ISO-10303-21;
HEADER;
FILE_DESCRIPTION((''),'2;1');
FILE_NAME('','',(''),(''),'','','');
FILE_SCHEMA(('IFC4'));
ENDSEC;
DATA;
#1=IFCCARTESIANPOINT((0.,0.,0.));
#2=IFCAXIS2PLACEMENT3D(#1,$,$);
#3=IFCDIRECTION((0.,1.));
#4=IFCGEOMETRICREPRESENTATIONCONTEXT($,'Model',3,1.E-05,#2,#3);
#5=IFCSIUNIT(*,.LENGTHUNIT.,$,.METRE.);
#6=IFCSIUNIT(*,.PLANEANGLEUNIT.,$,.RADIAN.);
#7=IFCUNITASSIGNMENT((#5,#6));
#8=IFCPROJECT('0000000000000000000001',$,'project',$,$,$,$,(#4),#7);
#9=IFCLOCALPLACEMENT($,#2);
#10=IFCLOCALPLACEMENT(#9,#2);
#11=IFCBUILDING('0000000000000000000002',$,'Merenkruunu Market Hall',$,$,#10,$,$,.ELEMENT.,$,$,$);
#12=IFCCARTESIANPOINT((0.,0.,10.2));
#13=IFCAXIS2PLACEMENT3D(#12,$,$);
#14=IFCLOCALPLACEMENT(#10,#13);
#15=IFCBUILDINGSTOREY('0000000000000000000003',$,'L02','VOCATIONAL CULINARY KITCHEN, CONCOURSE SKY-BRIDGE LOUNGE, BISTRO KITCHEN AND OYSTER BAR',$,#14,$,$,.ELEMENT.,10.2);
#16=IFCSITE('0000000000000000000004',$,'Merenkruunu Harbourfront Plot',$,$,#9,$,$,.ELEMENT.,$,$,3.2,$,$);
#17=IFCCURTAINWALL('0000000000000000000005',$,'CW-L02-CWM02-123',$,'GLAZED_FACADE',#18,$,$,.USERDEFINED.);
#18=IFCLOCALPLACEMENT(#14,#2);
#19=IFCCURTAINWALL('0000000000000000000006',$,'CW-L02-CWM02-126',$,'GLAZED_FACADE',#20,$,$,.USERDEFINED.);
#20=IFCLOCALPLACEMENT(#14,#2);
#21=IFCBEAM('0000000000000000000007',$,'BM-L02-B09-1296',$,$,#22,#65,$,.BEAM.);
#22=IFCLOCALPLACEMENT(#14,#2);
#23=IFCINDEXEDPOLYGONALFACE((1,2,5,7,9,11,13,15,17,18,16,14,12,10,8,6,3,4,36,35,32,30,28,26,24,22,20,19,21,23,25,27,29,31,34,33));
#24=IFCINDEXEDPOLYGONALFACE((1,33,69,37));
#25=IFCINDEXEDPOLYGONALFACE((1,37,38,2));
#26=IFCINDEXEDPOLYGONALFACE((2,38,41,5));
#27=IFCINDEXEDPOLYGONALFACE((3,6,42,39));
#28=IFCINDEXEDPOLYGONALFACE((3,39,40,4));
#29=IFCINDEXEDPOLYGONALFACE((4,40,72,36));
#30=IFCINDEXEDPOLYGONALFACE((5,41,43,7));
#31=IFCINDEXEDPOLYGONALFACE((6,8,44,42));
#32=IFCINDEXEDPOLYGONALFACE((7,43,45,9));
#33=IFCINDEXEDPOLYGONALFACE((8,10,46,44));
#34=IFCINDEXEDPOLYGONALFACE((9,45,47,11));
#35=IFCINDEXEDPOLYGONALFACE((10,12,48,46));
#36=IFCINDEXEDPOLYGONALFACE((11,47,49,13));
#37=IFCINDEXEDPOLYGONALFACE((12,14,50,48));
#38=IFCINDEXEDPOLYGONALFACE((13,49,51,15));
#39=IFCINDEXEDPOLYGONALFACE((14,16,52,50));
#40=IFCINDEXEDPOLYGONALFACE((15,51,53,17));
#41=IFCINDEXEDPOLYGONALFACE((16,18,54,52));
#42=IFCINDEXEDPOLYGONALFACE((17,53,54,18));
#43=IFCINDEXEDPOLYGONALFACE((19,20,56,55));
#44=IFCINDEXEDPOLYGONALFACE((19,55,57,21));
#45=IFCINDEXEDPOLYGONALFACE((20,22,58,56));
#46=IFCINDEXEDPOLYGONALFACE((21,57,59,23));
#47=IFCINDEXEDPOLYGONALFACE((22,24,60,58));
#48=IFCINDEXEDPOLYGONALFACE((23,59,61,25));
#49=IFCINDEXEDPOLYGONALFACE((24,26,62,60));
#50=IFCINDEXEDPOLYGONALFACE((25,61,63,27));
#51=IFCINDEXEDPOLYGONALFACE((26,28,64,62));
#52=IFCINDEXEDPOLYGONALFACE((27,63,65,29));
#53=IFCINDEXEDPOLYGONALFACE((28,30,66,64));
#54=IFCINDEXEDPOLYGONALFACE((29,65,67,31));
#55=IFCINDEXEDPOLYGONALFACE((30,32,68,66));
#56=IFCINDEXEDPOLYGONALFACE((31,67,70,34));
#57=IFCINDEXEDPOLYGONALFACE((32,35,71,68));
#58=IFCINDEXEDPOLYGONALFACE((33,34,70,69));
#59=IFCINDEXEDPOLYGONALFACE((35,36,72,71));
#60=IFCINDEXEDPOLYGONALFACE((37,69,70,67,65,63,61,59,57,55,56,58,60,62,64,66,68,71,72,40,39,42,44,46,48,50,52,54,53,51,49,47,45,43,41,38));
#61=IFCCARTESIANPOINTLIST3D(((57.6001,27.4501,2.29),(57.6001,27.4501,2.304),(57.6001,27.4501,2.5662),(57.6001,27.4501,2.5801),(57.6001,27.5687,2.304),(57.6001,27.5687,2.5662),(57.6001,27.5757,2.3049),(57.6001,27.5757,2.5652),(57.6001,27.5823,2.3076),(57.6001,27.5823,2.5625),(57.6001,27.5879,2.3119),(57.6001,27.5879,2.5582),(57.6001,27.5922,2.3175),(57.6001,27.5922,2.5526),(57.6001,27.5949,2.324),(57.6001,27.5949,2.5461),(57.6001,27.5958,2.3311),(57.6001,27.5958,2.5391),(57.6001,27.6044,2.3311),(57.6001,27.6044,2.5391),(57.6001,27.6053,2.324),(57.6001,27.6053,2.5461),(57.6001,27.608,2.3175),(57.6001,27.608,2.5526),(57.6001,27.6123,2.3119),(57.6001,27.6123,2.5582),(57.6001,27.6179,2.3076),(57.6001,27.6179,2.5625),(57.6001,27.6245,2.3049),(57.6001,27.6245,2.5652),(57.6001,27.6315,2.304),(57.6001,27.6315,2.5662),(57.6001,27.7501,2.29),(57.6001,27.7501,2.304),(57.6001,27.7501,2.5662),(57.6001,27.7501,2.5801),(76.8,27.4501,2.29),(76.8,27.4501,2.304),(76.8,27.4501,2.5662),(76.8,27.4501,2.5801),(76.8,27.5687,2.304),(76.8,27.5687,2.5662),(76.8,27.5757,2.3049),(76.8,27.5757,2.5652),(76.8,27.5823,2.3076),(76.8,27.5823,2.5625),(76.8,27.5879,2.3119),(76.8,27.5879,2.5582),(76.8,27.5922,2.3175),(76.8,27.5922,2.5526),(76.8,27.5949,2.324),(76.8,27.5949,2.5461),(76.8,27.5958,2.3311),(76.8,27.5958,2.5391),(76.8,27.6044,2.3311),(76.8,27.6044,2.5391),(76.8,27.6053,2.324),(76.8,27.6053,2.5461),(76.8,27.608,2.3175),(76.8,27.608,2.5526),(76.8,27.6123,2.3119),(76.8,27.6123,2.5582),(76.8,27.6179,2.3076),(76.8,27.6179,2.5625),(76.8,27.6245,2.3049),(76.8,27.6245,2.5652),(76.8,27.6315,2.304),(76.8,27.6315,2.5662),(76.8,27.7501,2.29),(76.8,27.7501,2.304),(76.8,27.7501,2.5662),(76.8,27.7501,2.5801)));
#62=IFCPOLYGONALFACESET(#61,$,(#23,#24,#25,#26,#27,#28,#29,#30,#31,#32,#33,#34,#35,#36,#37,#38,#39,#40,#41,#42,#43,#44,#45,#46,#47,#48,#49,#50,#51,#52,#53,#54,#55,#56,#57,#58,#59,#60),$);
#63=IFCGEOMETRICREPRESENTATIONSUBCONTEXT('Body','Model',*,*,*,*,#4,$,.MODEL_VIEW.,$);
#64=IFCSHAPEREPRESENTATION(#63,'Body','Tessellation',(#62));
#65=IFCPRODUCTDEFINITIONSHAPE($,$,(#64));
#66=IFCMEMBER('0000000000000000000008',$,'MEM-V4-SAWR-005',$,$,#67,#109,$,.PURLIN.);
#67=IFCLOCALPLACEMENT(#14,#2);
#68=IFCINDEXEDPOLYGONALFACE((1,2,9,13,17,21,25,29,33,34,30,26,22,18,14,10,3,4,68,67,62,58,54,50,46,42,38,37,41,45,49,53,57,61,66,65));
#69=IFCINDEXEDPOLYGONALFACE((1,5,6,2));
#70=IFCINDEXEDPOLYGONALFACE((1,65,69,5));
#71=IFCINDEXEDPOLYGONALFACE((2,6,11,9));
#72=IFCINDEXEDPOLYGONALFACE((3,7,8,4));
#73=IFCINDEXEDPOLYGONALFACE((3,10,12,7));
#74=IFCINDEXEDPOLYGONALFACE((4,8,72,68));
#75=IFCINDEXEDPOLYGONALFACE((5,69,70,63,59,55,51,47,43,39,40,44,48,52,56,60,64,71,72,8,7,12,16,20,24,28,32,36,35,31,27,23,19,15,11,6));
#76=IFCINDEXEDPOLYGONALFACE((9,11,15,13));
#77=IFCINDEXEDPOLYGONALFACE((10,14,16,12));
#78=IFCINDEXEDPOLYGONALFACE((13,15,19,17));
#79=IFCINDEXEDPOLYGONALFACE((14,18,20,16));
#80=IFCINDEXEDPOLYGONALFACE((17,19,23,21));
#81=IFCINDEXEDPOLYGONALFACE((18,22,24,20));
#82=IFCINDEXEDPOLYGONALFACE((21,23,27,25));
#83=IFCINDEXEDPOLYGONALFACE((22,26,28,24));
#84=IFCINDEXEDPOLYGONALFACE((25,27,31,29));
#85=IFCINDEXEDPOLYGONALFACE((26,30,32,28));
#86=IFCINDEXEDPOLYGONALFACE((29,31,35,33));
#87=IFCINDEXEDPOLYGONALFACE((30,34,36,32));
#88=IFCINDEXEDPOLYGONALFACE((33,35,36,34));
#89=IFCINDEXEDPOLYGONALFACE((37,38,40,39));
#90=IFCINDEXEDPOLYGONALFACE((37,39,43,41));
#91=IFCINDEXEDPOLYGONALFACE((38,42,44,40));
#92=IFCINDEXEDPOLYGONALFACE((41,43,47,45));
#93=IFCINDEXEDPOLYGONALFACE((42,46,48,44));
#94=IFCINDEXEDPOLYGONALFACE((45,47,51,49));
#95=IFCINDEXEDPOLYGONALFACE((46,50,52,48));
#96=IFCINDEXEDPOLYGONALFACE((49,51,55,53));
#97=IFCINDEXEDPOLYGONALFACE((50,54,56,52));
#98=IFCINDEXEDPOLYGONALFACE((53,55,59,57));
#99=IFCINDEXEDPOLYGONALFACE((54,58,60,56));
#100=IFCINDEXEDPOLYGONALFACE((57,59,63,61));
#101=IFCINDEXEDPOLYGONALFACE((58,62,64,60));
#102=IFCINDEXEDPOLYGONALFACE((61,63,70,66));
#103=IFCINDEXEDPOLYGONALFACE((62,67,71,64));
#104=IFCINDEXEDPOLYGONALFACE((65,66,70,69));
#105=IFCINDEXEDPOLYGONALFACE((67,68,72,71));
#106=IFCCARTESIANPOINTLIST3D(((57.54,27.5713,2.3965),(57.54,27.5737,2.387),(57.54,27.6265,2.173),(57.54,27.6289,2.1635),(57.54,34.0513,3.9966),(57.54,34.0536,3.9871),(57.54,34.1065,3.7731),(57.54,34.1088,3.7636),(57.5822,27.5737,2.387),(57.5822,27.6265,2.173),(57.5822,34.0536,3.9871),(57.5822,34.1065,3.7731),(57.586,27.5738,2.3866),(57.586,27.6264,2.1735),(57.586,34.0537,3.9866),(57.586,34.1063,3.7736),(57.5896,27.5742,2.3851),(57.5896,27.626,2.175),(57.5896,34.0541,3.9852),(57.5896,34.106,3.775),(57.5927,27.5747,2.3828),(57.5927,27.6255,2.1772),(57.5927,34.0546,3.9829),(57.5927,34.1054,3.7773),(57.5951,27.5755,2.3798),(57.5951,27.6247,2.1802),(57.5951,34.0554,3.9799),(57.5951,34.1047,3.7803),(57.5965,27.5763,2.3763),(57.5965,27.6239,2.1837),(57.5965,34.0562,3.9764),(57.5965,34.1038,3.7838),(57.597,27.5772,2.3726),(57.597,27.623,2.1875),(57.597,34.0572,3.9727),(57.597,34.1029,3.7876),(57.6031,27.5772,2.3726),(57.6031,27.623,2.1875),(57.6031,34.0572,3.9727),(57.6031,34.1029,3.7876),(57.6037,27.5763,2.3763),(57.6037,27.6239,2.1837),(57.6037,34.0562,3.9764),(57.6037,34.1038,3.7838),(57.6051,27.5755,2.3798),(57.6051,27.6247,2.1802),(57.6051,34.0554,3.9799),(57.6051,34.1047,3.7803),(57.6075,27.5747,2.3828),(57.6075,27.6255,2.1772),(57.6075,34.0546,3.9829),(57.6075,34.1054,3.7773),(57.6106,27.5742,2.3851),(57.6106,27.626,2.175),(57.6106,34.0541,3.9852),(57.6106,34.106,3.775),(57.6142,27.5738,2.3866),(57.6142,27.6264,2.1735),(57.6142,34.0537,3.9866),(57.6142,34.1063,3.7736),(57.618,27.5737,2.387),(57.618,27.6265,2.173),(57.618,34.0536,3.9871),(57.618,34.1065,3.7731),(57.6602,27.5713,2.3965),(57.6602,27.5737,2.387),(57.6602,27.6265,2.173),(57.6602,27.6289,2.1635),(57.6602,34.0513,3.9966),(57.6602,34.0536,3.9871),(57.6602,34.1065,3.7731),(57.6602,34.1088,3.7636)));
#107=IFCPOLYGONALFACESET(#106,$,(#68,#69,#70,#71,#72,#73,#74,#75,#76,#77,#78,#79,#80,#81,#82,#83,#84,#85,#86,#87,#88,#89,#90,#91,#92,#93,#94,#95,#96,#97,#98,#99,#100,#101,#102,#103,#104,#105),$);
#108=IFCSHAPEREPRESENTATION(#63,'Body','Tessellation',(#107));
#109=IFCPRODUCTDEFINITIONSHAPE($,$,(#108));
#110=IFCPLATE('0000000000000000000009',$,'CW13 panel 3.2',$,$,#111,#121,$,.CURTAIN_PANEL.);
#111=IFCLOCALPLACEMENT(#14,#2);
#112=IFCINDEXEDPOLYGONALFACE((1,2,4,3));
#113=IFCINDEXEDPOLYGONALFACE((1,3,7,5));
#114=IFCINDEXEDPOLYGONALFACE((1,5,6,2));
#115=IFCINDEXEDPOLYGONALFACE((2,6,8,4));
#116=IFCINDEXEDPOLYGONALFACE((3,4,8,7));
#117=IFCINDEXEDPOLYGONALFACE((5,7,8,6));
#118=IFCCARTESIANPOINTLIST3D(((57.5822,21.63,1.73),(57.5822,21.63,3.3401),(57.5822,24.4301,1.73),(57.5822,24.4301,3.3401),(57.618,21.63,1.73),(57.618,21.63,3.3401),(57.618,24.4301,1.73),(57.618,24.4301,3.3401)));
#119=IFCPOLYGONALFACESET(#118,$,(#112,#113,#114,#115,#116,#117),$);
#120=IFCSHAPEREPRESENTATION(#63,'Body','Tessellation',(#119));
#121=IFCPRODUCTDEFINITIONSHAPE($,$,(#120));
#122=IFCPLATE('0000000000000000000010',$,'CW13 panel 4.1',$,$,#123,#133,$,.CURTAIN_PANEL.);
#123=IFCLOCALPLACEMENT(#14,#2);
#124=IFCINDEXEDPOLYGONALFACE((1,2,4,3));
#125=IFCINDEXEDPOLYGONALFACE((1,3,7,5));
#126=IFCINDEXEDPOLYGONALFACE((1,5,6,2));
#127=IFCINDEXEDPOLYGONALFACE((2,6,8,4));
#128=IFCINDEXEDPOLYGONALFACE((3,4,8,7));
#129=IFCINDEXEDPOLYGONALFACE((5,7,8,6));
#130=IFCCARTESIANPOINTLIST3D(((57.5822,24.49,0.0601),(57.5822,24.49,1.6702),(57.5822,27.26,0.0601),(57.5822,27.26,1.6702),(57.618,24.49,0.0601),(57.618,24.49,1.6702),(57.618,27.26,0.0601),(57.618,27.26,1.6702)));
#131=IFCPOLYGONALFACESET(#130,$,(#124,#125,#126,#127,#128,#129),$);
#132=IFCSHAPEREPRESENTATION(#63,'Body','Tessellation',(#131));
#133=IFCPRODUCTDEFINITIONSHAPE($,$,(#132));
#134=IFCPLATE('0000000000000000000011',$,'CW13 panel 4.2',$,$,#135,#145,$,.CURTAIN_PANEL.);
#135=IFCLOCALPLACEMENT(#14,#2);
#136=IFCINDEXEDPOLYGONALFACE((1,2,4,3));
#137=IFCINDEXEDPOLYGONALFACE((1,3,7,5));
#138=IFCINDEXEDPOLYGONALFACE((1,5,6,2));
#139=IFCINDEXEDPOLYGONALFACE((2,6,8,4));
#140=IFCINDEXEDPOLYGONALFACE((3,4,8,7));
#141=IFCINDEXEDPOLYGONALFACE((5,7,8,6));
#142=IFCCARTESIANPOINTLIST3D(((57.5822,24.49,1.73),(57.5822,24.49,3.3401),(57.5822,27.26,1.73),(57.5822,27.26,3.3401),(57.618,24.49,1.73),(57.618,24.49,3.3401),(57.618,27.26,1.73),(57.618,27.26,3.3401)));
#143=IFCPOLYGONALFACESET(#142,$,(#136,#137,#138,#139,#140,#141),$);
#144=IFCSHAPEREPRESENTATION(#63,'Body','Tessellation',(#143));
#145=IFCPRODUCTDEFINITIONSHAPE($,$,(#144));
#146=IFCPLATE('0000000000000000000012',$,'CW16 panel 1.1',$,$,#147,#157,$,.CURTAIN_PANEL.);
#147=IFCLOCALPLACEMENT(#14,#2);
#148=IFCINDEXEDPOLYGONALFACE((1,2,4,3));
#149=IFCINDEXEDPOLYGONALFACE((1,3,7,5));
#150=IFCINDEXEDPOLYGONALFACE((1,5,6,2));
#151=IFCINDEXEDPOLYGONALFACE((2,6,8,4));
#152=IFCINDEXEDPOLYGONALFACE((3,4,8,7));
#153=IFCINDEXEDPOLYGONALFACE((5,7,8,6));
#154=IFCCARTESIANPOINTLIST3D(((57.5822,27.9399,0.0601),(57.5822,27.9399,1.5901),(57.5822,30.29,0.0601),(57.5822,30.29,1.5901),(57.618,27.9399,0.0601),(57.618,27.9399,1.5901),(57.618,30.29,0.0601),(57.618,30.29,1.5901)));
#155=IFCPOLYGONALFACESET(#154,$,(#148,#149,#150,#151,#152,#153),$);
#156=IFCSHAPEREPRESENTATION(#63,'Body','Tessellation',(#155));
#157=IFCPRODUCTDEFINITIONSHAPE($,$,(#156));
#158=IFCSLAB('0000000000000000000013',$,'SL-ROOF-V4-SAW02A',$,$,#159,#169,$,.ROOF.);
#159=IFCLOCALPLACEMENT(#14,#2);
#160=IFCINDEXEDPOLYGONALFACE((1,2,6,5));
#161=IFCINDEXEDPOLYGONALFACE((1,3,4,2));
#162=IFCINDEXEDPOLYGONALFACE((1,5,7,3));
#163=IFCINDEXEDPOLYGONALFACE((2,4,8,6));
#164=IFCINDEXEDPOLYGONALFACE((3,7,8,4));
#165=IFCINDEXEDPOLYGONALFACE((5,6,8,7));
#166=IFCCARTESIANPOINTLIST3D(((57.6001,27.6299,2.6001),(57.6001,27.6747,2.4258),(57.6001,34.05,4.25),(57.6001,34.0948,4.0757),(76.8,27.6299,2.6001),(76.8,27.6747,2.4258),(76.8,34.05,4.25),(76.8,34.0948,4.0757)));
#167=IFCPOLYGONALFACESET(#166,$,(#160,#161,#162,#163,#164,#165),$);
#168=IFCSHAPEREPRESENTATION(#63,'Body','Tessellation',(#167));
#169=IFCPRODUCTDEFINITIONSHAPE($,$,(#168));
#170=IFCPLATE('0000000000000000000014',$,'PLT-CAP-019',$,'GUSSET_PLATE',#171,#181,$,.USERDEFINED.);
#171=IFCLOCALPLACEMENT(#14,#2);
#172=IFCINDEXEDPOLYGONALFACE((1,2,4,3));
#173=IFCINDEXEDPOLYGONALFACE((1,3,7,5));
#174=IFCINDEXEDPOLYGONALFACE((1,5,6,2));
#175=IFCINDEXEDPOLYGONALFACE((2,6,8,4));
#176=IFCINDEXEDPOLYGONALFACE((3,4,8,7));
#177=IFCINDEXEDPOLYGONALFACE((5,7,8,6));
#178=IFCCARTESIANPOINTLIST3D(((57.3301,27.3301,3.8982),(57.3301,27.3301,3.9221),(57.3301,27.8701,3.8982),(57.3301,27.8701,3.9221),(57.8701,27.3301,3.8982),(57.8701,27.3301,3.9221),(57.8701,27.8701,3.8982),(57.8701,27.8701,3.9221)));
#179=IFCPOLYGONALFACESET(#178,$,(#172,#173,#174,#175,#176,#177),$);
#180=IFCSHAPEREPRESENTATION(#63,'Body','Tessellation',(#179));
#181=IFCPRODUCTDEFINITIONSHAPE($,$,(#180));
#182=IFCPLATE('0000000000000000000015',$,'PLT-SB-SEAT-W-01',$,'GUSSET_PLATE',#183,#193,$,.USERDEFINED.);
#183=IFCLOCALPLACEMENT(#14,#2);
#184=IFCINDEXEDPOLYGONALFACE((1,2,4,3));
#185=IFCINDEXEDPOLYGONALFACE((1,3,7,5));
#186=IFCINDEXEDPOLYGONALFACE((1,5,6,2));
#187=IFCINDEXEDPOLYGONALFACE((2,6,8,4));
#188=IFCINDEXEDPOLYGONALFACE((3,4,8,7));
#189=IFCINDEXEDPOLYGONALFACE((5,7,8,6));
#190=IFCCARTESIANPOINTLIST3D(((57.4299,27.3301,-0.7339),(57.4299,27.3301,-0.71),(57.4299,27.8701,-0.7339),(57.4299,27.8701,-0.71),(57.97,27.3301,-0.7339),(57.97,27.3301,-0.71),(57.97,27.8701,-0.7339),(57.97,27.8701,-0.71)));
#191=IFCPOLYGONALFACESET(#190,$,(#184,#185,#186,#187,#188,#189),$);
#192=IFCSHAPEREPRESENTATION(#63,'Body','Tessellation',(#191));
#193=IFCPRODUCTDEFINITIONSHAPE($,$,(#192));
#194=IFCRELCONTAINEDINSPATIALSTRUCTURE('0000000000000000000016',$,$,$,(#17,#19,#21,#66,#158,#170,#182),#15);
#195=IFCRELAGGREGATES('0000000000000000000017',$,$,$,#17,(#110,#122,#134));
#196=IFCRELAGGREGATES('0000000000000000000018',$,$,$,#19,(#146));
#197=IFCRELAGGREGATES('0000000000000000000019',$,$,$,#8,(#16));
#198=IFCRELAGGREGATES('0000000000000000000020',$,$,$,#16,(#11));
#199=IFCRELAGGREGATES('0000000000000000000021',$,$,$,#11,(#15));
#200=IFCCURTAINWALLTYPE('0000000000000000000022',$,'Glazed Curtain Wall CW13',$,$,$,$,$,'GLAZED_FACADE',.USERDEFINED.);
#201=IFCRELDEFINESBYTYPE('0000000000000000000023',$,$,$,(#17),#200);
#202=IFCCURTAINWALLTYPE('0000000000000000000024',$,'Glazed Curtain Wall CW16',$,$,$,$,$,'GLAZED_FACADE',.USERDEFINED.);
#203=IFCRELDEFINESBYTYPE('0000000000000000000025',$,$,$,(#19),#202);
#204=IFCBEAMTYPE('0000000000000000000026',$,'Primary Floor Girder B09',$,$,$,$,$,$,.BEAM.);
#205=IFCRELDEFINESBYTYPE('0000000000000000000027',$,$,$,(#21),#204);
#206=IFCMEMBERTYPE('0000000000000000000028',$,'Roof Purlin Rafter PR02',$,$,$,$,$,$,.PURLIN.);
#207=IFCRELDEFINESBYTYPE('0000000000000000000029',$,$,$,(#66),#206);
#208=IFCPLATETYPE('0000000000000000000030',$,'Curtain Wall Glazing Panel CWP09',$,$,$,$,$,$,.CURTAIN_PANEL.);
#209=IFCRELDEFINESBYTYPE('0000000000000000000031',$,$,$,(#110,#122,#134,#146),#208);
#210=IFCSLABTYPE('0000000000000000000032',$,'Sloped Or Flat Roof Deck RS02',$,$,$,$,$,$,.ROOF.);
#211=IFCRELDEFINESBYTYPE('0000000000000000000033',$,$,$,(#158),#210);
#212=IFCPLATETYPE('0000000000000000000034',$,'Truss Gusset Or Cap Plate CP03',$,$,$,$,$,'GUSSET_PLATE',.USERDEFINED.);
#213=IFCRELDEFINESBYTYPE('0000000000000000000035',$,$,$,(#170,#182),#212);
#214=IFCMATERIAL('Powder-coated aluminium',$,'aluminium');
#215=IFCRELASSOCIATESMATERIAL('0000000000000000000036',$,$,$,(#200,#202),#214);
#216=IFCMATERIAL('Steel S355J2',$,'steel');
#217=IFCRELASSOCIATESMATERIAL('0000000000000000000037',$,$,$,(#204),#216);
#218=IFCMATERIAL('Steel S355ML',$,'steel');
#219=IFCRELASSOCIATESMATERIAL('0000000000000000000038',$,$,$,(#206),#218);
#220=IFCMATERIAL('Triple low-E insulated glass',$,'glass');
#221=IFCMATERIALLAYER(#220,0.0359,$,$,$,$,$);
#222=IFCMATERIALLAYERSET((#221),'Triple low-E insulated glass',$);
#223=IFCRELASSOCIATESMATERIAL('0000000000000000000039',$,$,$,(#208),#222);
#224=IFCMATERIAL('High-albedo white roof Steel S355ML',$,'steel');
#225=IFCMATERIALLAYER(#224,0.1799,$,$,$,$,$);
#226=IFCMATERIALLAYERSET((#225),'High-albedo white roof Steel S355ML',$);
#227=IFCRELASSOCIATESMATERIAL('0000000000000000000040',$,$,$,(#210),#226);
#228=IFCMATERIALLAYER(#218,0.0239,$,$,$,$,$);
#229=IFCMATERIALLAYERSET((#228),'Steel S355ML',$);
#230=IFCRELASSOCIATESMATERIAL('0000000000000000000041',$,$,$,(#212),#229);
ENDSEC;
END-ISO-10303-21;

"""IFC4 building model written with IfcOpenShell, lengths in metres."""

from ifc_helpers import new_model, si_unit, direction, frame, origin, origin_2d, place, context, subcontext, project, spatial, polyline, rectangle, i_section, outline, extrude, material, layer, layer_set, material_profile, profile_set, type_object, element, aggregate, save


model = new_model("IFC4")

# Units and contexts
model_context = context("Model", 3, precision=1e-05, world=origin(), true_north=direction((0.0, 1.0)))
body_context = subcontext(model_context, "Body", "Model", "MODEL_VIEW")
ifc_project = project(units=[si_unit("LENGTHUNIT", "METRE"), si_unit("PLANEANGLEUNIT", "RADIAN")], contexts=[model_context])

# Site, building, storey
site_placement = place(None, origin())
site = spatial("IfcSite", under=ifc_project, at=site_placement, Name="Merenkruunu Harbourfront Plot", CompositionType="ELEMENT", RefElevation=3.2)
building_placement = place(site_placement, origin())
building = spatial("IfcBuilding", under=site, at=building_placement, Name="Merenkruunu Market Hall", CompositionType="ELEMENT")
storey_placement = place(building_placement, frame((0.0, 0.0, 10.2)))
storey = spatial("IfcBuildingStorey", under=building, at=storey_placement, Name="L02", Description="VOCATIONAL CULINARY KITCHEN, CONCOURSE SKY-BRIDGE LOUNGE, BISTRO KITCHEN AND OYSTER BAR", CompositionType="ELEMENT", Elevation=10.2)

# Shared definitions
ifc_material_1 = material(Name="Steel S355ML", Category="steel")

# Curtain walls
ifc_material_2 = material(Name="Powder-coated aluminium", Category="aluminium")
curtain_wall_type_1 = type_object("IfcCurtainWallType", Name="Glazed Curtain Wall CW13", ElementType="GLAZED_FACADE", PredefinedType="USERDEFINED", material=ifc_material_2)
curtain_wall_1_placement = place(storey_placement, origin())
curtain_wall_1 = element("IfcCurtainWall", 1, at=curtain_wall_1_placement, inside=storey, type_object=curtain_wall_type_1, Name="CW-L02-CWM02-123", ObjectType="GLAZED_FACADE", PredefinedType="USERDEFINED")
curtain_wall_type_2 = type_object("IfcCurtainWallType", Name="Glazed Curtain Wall CW16", ElementType="GLAZED_FACADE", PredefinedType="USERDEFINED", material=ifc_material_2)
curtain_wall_2_placement = place(storey_placement, origin())
curtain_wall_2 = element("IfcCurtainWall", 2, at=curtain_wall_2_placement, inside=storey, type_object=curtain_wall_type_2, Name="CW-L02-CWM02-126", ObjectType="GLAZED_FACADE", PredefinedType="USERDEFINED")

# Beam
ifc_material_3 = material(Name="Steel S355J2", Category="steel")
ifc_material_profile_1 = material_profile(ifc_material_3, i_section(OverallWidth=0.3, OverallDepth=0.29, WebThickness=0.0085, FlangeThickness=0.0139, FilletRadius=0.0271, at=origin_2d()), Name="HEA 300")
ifc_profile_set_1 = profile_set([ifc_material_profile_1], Name="Steel S355J2")
beam_type_1 = type_object("IfcBeamType", Name="Primary Floor Girder B09", PredefinedType="BEAM", material=ifc_profile_set_1)
beam_1_placement = place(storey_placement, frame((57.6001, 27.6001, 2.4351), z_axis=(1.0, 0.0, 0.0), x_axis=(0.0, 1.0, 0.0)))
element("IfcBeam", 3, at=beam_1_placement, inside=storey, type_object=beam_type_1, Name="BM-L02-B09-1296", PredefinedType="BEAM", context=body_context, shape_type="SweptSolid", body=[
    extrude(i_section(OverallWidth=0.3, OverallDepth=0.29, WebThickness=0.0085, FlangeThickness=0.0139, FilletRadius=0.0271, at=origin_2d()), origin(), (0.0, 0.0, 1.0), 19.2),
])

# Member
ifc_material_profile_2 = material_profile(ifc_material_1, i_section(OverallWidth=0.1201, OverallDepth=0.24, WebThickness=0.0061, FlangeThickness=0.0098, FilletRadius=0.0149, at=origin_2d()), Name="IPE 240")
ifc_profile_set_2 = profile_set([ifc_material_profile_2], Name="Steel S355ML")
member_type_1 = type_object("IfcMemberType", Name="Roof Purlin Rafter PR02", PredefinedType="PURLIN", material=ifc_profile_set_2)
member_1_placement = place(storey_placement, frame((57.6001, 27.6001, 2.28), z_axis=(0.0, 0.97084, 0.239729), x_axis=(-1.0, 0.0, 0.0)))
element("IfcMember", 4, at=member_1_placement, inside=storey, type_object=member_type_1, Name="MEM-V4-SAWR-005", PredefinedType="PURLIN", context=body_context, shape_type="SweptSolid", body=[
    extrude(i_section(OverallWidth=0.1201, OverallDepth=0.24, WebThickness=0.0061, FlangeThickness=0.0098, FilletRadius=0.0149, at=origin_2d()), origin(), (0.0, 0.0, 1.0), 6.6746),
])

# Plates
ifc_material_4 = material(Name="Triple low-E insulated glass", Category="glass")
ifc_layer_1 = layer(ifc_material_4, 0.0359)
ifc_layer_set_1 = layer_set([ifc_layer_1], Name="Triple low-E insulated glass")
plate_type_1 = type_object("IfcPlateType", Name="Curtain Wall Glazing Panel CWP09", PredefinedType="CURTAIN_PANEL", material=ifc_layer_set_1)
plate_1_placement = place(storey_placement, frame((57.6001, 23.03, 1.73), z_axis=(0.0, 0.0, 1.0), x_axis=(0.0, 1.0, 0.0)))
plate_1 = element("IfcPlate", 5, at=plate_1_placement, type_object=plate_type_1, Name="CW13 panel 3.2", PredefinedType="CURTAIN_PANEL", context=body_context, shape_type="SweptSolid", body=[
    extrude(rectangle(XDim=2.8, YDim=0.0359, at=origin_2d()), origin(), (0.0, 0.0, 1.0), 1.6101),
])
plate_2_placement = place(storey_placement, frame((57.6001, 25.875, 0.0601), z_axis=(0.0, 0.0, 1.0), x_axis=(0.0, 1.0, 0.0)))
plate_2 = element("IfcPlate", 6, at=plate_2_placement, type_object=plate_type_1, Name="CW13 panel 4.1", PredefinedType="CURTAIN_PANEL", context=body_context, shape_type="SweptSolid", body=[
    extrude(rectangle(XDim=2.77, YDim=0.0359, at=origin_2d()), origin(), (0.0, 0.0, 1.0), 1.6101),
])
plate_3_placement = place(storey_placement, frame((57.6001, 25.875, 1.73), z_axis=(0.0, 0.0, 1.0), x_axis=(0.0, 1.0, 0.0)))
plate_3 = element("IfcPlate", 7, at=plate_3_placement, type_object=plate_type_1, Name="CW13 panel 4.2", PredefinedType="CURTAIN_PANEL", context=body_context, shape_type="SweptSolid", body=[
    extrude(rectangle(XDim=2.77, YDim=0.0359, at=origin_2d()), origin(), (0.0, 0.0, 1.0), 1.6101),
])
aggregate(curtain_wall_1, [plate_1, plate_2, plate_3])
plate_4_placement = place(storey_placement, frame((57.6001, 29.115, 0.0601), z_axis=(0.0, 0.0, 1.0), x_axis=(0.0, 1.0, 0.0)))
plate_4 = element("IfcPlate", 8, at=plate_4_placement, type_object=plate_type_1, Name="CW16 panel 1.1", PredefinedType="CURTAIN_PANEL", context=body_context, shape_type="SweptSolid", body=[
    extrude(rectangle(XDim=2.3501, YDim=0.0359, at=origin_2d()), origin(), (0.0, 0.0, 1.0), 1.53),
])
aggregate(curtain_wall_2, [plate_4])

# Slab
ifc_material_5 = material(Name="High-albedo white roof Steel S355ML", Category="steel")
ifc_layer_2 = layer(ifc_material_5, 0.1799)
ifc_layer_set_2 = layer_set([ifc_layer_2], Name="High-albedo white roof Steel S355ML")
slab_type = type_object("IfcSlabType", Name="Sloped Or Flat Roof Deck RS02", PredefinedType="ROOF", material=ifc_layer_set_2)
slab_placement = place(storey_placement, frame((57.6001, 27.6299, 2.6001), z_axis=(0.0, -0.2489, 0.968529), x_axis=(1.0, 0.0, 0.0)))
element("IfcSlab", 9, at=slab_placement, inside=storey, type_object=slab_type, Name="SL-ROOF-V4-SAW02A", PredefinedType="ROOF", context=body_context, shape_type="SweptSolid", body=[
    extrude(outline(polyline([(0.0, 0.0), (19.2, 0.0), (19.2, 6.6288), (0.0, 6.6288), (0.0, 0.0)])), origin(), (0.0, 0.0, -1.0), 0.1799),
])

# Plates
ifc_layer_3 = layer(ifc_material_1, 0.0239)
ifc_layer_set_3 = layer_set([ifc_layer_3], Name="Steel S355ML")
plate_type_2 = type_object("IfcPlateType", Name="Truss Gusset Or Cap Plate CP03", ElementType="GUSSET_PLATE", PredefinedType="USERDEFINED", material=ifc_layer_set_3)
for number, where, z_axis, x_axis, name in (
    (10, (57.6001, 27.6001, 3.8982), (0.0, 0.0, 1.0), (1.0, 0.0, 0.0), "PLT-CAP-019"),
    (11, (57.7, 27.6001, -0.7339), (0.0, 0.0, 1.0), (1.0, 0.0, 0.0), "PLT-SB-SEAT-W-01"),
):
    element("IfcPlate", number, at=place(storey_placement, frame(where, z_axis=z_axis, x_axis=x_axis)), inside=storey, type_object=plate_type_2, Name=name, ObjectType="GUSSET_PLATE", PredefinedType="USERDEFINED", context=body_context, shape_type="SweptSolid", body=[
        extrude(rectangle(XDim=0.54, YDim=0.54, at=origin_2d()), origin(), (0.0, 0.0, 1.0), 0.0239),
    ])

save(model, "model.ifc")
